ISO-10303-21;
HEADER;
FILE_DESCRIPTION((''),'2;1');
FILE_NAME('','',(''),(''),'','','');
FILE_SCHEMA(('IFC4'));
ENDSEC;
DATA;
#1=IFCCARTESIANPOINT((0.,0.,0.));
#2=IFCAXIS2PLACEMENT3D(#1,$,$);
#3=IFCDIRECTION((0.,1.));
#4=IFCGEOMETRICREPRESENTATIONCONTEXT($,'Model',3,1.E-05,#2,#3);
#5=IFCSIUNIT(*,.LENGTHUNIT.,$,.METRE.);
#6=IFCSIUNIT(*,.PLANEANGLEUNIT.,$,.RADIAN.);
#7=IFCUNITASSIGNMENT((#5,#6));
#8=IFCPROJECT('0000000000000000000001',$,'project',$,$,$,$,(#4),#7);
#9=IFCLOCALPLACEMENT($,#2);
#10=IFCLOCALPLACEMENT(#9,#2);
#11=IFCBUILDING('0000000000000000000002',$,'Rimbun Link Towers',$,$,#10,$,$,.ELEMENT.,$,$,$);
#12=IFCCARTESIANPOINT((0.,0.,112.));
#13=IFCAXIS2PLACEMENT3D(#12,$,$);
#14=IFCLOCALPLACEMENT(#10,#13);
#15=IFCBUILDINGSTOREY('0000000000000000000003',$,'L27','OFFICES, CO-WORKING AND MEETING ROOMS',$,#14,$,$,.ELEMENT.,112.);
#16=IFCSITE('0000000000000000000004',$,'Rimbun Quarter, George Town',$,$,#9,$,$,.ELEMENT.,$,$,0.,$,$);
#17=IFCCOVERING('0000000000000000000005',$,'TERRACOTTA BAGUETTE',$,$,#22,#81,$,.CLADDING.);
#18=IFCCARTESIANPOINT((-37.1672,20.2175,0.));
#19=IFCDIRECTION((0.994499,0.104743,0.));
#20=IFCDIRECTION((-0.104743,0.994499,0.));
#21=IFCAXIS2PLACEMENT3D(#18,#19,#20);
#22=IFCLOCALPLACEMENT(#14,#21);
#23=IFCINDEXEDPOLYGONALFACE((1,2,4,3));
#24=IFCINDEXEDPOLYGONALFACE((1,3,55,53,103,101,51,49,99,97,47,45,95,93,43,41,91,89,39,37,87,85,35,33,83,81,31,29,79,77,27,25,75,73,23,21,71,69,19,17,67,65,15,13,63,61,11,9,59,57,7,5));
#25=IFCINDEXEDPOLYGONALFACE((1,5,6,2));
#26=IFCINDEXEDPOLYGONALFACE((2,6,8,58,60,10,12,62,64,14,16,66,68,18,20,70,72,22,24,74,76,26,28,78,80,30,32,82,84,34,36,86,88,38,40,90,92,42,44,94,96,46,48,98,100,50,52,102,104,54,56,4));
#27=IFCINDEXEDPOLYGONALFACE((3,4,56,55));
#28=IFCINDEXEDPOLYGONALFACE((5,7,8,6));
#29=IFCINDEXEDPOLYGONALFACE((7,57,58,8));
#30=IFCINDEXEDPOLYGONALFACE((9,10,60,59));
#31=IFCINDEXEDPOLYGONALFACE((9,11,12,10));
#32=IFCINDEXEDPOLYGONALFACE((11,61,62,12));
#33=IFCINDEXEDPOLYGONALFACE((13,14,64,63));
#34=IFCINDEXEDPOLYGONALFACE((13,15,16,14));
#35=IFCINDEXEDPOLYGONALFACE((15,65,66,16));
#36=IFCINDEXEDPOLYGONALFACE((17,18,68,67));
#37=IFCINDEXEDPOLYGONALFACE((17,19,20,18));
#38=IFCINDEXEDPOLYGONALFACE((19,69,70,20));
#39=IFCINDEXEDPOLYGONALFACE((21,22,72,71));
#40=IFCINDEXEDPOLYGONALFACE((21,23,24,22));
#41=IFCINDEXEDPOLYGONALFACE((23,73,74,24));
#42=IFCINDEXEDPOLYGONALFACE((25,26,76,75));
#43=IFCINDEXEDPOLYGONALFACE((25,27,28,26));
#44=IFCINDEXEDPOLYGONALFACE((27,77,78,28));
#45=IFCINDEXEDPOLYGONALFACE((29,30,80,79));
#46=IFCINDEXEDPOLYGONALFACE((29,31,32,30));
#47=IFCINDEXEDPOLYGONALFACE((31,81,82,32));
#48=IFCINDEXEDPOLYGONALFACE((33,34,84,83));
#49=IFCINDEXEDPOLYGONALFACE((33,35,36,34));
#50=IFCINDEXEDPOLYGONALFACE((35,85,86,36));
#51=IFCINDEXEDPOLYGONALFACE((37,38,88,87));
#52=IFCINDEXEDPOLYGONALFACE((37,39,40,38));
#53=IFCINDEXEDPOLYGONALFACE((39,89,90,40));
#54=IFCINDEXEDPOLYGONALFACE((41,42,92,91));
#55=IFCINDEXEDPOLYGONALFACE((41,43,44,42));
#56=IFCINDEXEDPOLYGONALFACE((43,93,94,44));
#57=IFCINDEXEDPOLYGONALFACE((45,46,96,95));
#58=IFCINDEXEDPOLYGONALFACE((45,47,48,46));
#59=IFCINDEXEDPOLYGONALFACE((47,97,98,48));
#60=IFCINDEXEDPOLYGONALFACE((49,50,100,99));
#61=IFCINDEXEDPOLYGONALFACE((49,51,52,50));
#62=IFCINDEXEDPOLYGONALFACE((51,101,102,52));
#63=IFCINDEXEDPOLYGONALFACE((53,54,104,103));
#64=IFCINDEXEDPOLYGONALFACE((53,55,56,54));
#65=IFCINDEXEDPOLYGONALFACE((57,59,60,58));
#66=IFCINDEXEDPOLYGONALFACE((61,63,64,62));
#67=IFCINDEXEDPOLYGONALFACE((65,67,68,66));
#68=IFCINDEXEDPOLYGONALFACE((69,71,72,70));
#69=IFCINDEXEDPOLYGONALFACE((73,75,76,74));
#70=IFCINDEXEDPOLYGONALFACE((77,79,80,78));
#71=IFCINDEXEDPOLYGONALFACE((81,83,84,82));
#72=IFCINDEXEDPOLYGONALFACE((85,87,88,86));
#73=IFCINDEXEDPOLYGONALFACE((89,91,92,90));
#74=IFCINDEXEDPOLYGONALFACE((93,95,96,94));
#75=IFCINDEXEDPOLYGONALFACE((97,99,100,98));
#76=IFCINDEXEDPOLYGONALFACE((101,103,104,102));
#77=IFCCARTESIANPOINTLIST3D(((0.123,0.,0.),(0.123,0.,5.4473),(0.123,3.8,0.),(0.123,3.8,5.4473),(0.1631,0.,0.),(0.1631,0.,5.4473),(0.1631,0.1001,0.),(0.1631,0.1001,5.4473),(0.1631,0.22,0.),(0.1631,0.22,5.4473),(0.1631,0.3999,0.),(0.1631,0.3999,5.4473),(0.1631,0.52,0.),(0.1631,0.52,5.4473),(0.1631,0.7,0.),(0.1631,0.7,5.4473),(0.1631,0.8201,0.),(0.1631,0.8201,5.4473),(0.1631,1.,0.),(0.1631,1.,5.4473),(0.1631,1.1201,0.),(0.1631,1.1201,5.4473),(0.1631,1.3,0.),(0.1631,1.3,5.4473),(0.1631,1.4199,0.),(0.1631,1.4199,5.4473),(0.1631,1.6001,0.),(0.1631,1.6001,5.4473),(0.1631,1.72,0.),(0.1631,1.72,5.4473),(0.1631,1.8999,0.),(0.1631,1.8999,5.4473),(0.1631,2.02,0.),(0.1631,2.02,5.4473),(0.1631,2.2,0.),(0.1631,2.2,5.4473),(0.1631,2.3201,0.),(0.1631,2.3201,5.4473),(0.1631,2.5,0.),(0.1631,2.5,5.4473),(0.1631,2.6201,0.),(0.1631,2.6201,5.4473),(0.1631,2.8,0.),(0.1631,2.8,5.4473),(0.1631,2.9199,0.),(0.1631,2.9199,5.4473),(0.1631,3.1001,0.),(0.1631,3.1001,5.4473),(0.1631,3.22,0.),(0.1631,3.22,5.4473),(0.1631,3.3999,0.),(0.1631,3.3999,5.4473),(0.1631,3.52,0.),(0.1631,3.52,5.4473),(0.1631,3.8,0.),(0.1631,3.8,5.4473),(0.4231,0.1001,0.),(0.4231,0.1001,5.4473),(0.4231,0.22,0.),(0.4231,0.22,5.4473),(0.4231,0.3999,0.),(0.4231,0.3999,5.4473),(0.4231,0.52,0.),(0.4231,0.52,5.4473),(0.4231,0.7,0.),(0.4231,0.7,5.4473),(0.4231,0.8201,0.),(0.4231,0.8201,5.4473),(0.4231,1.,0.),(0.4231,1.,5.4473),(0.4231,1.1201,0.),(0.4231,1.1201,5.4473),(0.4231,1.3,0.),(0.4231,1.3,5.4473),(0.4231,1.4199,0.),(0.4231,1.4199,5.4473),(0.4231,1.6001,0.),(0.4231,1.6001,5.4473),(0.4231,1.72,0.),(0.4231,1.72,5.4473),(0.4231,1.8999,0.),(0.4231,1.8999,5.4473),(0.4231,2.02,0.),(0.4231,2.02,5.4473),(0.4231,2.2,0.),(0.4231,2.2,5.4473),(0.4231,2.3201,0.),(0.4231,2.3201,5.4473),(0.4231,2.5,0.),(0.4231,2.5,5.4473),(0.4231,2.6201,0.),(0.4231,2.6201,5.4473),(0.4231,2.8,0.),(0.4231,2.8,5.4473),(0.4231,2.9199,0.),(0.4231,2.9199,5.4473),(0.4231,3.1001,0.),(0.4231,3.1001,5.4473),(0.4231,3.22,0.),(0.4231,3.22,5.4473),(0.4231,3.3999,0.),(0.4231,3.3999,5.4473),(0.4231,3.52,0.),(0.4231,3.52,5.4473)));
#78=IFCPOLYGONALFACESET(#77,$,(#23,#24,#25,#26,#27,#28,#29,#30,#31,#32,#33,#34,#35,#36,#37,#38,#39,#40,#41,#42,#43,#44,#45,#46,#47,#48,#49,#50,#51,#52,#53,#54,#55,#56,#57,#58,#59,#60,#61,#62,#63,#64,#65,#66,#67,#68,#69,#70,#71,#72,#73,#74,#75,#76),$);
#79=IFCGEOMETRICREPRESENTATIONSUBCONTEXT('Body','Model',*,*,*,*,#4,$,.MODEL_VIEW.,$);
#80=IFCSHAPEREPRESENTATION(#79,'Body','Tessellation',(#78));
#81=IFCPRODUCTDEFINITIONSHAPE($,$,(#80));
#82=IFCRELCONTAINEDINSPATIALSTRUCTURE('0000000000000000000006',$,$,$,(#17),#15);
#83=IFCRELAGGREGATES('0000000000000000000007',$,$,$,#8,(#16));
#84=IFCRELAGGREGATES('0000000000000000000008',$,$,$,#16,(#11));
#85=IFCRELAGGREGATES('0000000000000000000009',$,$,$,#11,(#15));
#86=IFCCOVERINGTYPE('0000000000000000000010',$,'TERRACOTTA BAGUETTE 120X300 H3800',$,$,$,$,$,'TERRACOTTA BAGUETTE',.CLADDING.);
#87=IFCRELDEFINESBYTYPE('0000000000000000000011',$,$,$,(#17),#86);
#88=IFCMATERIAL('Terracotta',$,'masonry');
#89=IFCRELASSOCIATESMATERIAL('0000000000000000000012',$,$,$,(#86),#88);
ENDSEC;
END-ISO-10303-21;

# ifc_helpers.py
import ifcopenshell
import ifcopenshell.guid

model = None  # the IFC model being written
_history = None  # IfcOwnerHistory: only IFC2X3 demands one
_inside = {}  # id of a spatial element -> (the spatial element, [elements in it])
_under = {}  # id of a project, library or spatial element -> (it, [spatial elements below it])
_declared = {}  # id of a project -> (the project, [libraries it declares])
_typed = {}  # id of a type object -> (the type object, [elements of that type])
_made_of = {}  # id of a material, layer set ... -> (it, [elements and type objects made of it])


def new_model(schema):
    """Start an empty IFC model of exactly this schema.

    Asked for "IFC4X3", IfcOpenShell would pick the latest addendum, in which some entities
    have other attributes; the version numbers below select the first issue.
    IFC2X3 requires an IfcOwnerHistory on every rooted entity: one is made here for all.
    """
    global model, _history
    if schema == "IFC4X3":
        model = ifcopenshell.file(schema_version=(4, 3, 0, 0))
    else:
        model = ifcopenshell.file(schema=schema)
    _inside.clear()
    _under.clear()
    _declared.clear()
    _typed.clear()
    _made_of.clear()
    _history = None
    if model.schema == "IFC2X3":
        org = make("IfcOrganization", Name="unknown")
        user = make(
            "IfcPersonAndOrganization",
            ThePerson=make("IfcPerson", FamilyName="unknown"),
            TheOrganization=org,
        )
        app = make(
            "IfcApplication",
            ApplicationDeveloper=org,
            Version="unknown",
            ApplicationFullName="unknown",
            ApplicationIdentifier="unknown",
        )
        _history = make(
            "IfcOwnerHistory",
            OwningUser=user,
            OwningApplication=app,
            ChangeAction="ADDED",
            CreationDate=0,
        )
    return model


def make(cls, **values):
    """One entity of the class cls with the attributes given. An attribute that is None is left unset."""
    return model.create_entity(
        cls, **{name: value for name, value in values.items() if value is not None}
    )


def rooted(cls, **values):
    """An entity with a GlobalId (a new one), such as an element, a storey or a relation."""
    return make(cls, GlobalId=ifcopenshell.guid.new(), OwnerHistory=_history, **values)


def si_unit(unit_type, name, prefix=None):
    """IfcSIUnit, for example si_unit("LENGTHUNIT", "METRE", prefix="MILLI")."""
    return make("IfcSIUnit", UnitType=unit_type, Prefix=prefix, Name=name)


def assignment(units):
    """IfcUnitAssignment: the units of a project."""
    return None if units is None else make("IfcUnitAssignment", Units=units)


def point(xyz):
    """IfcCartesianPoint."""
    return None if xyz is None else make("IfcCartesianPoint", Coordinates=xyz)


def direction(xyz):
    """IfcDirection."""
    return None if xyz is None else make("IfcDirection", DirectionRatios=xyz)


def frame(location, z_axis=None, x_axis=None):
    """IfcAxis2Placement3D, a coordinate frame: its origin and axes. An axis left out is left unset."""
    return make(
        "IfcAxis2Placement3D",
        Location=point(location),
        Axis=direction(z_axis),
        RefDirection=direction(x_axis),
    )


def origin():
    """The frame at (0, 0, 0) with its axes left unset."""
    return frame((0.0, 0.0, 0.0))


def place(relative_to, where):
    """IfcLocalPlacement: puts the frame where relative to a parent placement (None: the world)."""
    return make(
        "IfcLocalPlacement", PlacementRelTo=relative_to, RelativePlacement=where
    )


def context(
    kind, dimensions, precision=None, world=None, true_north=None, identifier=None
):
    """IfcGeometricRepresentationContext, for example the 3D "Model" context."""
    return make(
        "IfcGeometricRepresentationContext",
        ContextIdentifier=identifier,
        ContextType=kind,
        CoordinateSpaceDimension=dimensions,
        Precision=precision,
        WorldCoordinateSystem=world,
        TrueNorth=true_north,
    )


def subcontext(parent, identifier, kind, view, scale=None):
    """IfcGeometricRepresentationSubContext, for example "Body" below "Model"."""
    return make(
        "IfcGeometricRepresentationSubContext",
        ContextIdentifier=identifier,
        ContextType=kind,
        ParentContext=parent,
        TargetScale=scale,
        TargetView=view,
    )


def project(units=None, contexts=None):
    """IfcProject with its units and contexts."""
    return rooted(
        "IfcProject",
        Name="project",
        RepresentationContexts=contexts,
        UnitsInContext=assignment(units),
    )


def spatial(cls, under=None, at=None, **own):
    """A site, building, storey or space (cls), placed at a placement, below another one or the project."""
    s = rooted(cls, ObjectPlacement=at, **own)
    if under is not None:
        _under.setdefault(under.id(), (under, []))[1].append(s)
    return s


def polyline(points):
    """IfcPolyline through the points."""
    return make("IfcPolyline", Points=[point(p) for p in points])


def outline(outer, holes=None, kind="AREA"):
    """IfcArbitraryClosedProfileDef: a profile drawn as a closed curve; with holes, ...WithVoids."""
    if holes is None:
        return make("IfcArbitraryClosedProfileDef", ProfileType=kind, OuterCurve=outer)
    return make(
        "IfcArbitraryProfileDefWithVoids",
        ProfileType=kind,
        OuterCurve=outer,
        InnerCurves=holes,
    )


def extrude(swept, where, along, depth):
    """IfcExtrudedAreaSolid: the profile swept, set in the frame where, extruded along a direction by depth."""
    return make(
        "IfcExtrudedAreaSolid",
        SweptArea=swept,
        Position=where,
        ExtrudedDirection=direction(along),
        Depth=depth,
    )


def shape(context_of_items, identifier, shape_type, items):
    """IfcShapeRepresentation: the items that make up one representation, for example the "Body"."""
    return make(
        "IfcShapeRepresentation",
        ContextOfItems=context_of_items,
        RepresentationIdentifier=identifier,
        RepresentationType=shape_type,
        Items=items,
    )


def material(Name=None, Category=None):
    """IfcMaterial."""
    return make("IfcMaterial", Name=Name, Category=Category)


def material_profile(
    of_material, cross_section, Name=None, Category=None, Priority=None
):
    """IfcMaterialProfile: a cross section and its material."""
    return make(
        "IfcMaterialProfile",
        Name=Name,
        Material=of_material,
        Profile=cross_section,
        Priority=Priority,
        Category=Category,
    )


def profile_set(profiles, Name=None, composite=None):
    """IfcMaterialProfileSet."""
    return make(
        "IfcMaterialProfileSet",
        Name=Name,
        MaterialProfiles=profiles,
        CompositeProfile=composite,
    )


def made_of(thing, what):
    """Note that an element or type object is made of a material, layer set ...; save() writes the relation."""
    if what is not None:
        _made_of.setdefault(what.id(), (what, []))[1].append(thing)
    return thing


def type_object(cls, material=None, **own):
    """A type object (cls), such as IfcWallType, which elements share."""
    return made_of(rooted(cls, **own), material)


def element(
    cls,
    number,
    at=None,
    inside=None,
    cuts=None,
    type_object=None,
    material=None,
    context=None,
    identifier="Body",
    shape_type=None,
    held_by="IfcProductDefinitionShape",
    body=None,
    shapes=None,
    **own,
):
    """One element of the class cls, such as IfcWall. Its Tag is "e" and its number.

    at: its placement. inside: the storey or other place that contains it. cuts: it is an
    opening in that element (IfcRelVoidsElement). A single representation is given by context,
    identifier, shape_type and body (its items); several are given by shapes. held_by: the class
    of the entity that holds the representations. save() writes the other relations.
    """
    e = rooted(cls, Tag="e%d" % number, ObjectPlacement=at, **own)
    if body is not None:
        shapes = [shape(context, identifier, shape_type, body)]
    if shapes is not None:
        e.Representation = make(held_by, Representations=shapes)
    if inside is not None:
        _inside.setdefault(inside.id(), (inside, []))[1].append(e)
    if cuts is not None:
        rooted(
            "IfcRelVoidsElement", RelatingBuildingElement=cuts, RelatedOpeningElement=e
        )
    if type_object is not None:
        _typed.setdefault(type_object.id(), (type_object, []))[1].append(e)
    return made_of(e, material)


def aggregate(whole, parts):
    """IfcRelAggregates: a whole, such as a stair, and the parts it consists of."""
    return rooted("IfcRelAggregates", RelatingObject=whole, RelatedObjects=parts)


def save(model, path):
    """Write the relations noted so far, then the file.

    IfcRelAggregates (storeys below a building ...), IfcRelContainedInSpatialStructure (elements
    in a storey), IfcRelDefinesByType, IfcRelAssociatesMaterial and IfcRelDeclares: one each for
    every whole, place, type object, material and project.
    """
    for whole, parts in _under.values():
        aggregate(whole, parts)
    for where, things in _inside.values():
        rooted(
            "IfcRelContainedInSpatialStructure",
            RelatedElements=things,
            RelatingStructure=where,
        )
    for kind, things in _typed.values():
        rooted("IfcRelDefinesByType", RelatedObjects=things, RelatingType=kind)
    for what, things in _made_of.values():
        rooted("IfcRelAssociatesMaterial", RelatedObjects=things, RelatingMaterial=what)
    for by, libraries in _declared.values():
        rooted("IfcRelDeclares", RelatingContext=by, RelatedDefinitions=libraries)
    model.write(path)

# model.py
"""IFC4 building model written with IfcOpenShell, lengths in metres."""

from ifc_helpers import new_model, si_unit, direction, frame, origin, place, context, subcontext, project, spatial, polyline, outline, extrude, material, material_profile, profile_set, type_object, element, save


model = new_model("IFC4")

# Units and contexts
model_context = context("Model", 3, precision=1e-05, world=origin(), true_north=direction((0.0, 1.0)))
body_context = subcontext(model_context, "Body", "Model", "MODEL_VIEW")
ifc_project = project(units=[si_unit("LENGTHUNIT", "METRE"), si_unit("PLANEANGLEUNIT", "RADIAN")], contexts=[model_context])

# Site, building, storey
site_placement = place(None, origin())
site = spatial("IfcSite", under=ifc_project, at=site_placement, Name="Rimbun Quarter, George Town", CompositionType="ELEMENT", RefElevation=0.0)
building_placement = place(site_placement, origin())
building = spatial("IfcBuilding", under=site, at=building_placement, Name="Rimbun Link Towers", CompositionType="ELEMENT")
storey_placement = place(building_placement, frame((0.0, 0.0, 112.0)))
storey = spatial("IfcBuildingStorey", under=building, at=storey_placement, Name="L27", Description="OFFICES, CO-WORKING AND MEETING ROOMS", CompositionType="ELEMENT", Elevation=112.0)

# Covering
ifc_material_1 = material(Name="Terracotta", Category="masonry")
ifc_material_profile_1 = material_profile(ifc_material_1, outline(polyline([(0.123, 0.0), (0.1631, 0.0), (0.1631, 0.1001), (0.4231, 0.1001), (0.4231, 0.22), (0.1631, 0.22), (0.1631, 0.3999), (0.4231, 0.3999), (0.4231, 0.52), (0.1631, 0.52), (0.1631, 0.7), (0.4231, 0.7), (0.4231, 0.8201), (0.1631, 0.8201), (0.1631, 1.0), (0.4231, 1.0), (0.4231, 1.1201), (0.1631, 1.1201), (0.1631, 1.3), (0.4231, 1.3), (0.4231, 1.4199), (0.1631, 1.4199), (0.1631, 1.6001), (0.4231, 1.6001), (0.4231, 1.72), (0.1631, 1.72), (0.1631, 1.8999), (0.4231, 1.8999), (0.4231, 2.02), (0.1631, 2.02), (0.1631, 2.2), (0.4231, 2.2), (0.4231, 2.3201), (0.1631, 2.3201), (0.1631, 2.5), (0.4231, 2.5), (0.4231, 2.6201), (0.1631, 2.6201), (0.1631, 2.8), (0.4231, 2.8), (0.4231, 2.9199), (0.1631, 2.9199), (0.1631, 3.1001), (0.4231, 3.1001), (0.4231, 3.22), (0.1631, 3.22), (0.1631, 3.3999), (0.4231, 3.3999), (0.4231, 3.52), (0.1631, 3.52), (0.1631, 3.8), (0.123, 3.8), (0.123, 0.0)])), Name="BAGUETTE 120X300")
ifc_profile_set_1 = profile_set([ifc_material_profile_1], Name="Terracotta")
covering_type = type_object("IfcCoveringType", Name="TERRACOTTA BAGUETTE 120X300 H3800", ElementType="TERRACOTTA BAGUETTE", PredefinedType="CLADDING", material=ifc_profile_set_1)
for number, where, z_axis, x_axis, name in (
    (1, (-37.1672, 20.2175, 0.0), (0.994499, 0.104743, 0.0), (-0.104743, 0.994499, 0.0), "TERRACOTTA BAGUETTE"),
):
    element("IfcCovering", number, at=place(storey_placement, frame(where, z_axis=z_axis, x_axis=x_axis)), inside=storey, type_object=covering_type, Name=name, PredefinedType="CLADDING", context=body_context, shape_type="SweptSolid", body=[
        extrude(outline(polyline([(0.123, 0.0), (0.1631, 0.0), (0.1631, 0.1001), (0.4231, 0.1001), (0.4231, 0.22), (0.1631, 0.22), (0.1631, 0.3999), (0.4231, 0.3999), (0.4231, 0.52), (0.1631, 0.52), (0.1631, 0.7), (0.4231, 0.7), (0.4231, 0.8201), (0.1631, 0.8201), (0.1631, 1.0), (0.4231, 1.0), (0.4231, 1.1201), (0.1631, 1.1201), (0.1631, 1.3), (0.4231, 1.3), (0.4231, 1.4199), (0.1631, 1.4199), (0.1631, 1.6001), (0.4231, 1.6001), (0.4231, 1.72), (0.1631, 1.72), (0.1631, 1.8999), (0.4231, 1.8999), (0.4231, 2.02), (0.1631, 2.02), (0.1631, 2.2), (0.4231, 2.2), (0.4231, 2.3201), (0.1631, 2.3201), (0.1631, 2.5), (0.4231, 2.5), (0.4231, 2.6201), (0.1631, 2.6201), (0.1631, 2.8), (0.4231, 2.8), (0.4231, 2.9199), (0.1631, 2.9199), (0.1631, 3.1001), (0.4231, 3.1001), (0.4231, 3.22), (0.1631, 3.22), (0.1631, 3.3999), (0.4231, 3.3999), (0.4231, 3.52), (0.1631, 3.52), (0.1631, 3.8), (0.123, 3.8), (0.123, 0.0)])), origin(), (0.0, 0.0, 1.0), 5.4473),
    ])

save(model, "model.ifc")
